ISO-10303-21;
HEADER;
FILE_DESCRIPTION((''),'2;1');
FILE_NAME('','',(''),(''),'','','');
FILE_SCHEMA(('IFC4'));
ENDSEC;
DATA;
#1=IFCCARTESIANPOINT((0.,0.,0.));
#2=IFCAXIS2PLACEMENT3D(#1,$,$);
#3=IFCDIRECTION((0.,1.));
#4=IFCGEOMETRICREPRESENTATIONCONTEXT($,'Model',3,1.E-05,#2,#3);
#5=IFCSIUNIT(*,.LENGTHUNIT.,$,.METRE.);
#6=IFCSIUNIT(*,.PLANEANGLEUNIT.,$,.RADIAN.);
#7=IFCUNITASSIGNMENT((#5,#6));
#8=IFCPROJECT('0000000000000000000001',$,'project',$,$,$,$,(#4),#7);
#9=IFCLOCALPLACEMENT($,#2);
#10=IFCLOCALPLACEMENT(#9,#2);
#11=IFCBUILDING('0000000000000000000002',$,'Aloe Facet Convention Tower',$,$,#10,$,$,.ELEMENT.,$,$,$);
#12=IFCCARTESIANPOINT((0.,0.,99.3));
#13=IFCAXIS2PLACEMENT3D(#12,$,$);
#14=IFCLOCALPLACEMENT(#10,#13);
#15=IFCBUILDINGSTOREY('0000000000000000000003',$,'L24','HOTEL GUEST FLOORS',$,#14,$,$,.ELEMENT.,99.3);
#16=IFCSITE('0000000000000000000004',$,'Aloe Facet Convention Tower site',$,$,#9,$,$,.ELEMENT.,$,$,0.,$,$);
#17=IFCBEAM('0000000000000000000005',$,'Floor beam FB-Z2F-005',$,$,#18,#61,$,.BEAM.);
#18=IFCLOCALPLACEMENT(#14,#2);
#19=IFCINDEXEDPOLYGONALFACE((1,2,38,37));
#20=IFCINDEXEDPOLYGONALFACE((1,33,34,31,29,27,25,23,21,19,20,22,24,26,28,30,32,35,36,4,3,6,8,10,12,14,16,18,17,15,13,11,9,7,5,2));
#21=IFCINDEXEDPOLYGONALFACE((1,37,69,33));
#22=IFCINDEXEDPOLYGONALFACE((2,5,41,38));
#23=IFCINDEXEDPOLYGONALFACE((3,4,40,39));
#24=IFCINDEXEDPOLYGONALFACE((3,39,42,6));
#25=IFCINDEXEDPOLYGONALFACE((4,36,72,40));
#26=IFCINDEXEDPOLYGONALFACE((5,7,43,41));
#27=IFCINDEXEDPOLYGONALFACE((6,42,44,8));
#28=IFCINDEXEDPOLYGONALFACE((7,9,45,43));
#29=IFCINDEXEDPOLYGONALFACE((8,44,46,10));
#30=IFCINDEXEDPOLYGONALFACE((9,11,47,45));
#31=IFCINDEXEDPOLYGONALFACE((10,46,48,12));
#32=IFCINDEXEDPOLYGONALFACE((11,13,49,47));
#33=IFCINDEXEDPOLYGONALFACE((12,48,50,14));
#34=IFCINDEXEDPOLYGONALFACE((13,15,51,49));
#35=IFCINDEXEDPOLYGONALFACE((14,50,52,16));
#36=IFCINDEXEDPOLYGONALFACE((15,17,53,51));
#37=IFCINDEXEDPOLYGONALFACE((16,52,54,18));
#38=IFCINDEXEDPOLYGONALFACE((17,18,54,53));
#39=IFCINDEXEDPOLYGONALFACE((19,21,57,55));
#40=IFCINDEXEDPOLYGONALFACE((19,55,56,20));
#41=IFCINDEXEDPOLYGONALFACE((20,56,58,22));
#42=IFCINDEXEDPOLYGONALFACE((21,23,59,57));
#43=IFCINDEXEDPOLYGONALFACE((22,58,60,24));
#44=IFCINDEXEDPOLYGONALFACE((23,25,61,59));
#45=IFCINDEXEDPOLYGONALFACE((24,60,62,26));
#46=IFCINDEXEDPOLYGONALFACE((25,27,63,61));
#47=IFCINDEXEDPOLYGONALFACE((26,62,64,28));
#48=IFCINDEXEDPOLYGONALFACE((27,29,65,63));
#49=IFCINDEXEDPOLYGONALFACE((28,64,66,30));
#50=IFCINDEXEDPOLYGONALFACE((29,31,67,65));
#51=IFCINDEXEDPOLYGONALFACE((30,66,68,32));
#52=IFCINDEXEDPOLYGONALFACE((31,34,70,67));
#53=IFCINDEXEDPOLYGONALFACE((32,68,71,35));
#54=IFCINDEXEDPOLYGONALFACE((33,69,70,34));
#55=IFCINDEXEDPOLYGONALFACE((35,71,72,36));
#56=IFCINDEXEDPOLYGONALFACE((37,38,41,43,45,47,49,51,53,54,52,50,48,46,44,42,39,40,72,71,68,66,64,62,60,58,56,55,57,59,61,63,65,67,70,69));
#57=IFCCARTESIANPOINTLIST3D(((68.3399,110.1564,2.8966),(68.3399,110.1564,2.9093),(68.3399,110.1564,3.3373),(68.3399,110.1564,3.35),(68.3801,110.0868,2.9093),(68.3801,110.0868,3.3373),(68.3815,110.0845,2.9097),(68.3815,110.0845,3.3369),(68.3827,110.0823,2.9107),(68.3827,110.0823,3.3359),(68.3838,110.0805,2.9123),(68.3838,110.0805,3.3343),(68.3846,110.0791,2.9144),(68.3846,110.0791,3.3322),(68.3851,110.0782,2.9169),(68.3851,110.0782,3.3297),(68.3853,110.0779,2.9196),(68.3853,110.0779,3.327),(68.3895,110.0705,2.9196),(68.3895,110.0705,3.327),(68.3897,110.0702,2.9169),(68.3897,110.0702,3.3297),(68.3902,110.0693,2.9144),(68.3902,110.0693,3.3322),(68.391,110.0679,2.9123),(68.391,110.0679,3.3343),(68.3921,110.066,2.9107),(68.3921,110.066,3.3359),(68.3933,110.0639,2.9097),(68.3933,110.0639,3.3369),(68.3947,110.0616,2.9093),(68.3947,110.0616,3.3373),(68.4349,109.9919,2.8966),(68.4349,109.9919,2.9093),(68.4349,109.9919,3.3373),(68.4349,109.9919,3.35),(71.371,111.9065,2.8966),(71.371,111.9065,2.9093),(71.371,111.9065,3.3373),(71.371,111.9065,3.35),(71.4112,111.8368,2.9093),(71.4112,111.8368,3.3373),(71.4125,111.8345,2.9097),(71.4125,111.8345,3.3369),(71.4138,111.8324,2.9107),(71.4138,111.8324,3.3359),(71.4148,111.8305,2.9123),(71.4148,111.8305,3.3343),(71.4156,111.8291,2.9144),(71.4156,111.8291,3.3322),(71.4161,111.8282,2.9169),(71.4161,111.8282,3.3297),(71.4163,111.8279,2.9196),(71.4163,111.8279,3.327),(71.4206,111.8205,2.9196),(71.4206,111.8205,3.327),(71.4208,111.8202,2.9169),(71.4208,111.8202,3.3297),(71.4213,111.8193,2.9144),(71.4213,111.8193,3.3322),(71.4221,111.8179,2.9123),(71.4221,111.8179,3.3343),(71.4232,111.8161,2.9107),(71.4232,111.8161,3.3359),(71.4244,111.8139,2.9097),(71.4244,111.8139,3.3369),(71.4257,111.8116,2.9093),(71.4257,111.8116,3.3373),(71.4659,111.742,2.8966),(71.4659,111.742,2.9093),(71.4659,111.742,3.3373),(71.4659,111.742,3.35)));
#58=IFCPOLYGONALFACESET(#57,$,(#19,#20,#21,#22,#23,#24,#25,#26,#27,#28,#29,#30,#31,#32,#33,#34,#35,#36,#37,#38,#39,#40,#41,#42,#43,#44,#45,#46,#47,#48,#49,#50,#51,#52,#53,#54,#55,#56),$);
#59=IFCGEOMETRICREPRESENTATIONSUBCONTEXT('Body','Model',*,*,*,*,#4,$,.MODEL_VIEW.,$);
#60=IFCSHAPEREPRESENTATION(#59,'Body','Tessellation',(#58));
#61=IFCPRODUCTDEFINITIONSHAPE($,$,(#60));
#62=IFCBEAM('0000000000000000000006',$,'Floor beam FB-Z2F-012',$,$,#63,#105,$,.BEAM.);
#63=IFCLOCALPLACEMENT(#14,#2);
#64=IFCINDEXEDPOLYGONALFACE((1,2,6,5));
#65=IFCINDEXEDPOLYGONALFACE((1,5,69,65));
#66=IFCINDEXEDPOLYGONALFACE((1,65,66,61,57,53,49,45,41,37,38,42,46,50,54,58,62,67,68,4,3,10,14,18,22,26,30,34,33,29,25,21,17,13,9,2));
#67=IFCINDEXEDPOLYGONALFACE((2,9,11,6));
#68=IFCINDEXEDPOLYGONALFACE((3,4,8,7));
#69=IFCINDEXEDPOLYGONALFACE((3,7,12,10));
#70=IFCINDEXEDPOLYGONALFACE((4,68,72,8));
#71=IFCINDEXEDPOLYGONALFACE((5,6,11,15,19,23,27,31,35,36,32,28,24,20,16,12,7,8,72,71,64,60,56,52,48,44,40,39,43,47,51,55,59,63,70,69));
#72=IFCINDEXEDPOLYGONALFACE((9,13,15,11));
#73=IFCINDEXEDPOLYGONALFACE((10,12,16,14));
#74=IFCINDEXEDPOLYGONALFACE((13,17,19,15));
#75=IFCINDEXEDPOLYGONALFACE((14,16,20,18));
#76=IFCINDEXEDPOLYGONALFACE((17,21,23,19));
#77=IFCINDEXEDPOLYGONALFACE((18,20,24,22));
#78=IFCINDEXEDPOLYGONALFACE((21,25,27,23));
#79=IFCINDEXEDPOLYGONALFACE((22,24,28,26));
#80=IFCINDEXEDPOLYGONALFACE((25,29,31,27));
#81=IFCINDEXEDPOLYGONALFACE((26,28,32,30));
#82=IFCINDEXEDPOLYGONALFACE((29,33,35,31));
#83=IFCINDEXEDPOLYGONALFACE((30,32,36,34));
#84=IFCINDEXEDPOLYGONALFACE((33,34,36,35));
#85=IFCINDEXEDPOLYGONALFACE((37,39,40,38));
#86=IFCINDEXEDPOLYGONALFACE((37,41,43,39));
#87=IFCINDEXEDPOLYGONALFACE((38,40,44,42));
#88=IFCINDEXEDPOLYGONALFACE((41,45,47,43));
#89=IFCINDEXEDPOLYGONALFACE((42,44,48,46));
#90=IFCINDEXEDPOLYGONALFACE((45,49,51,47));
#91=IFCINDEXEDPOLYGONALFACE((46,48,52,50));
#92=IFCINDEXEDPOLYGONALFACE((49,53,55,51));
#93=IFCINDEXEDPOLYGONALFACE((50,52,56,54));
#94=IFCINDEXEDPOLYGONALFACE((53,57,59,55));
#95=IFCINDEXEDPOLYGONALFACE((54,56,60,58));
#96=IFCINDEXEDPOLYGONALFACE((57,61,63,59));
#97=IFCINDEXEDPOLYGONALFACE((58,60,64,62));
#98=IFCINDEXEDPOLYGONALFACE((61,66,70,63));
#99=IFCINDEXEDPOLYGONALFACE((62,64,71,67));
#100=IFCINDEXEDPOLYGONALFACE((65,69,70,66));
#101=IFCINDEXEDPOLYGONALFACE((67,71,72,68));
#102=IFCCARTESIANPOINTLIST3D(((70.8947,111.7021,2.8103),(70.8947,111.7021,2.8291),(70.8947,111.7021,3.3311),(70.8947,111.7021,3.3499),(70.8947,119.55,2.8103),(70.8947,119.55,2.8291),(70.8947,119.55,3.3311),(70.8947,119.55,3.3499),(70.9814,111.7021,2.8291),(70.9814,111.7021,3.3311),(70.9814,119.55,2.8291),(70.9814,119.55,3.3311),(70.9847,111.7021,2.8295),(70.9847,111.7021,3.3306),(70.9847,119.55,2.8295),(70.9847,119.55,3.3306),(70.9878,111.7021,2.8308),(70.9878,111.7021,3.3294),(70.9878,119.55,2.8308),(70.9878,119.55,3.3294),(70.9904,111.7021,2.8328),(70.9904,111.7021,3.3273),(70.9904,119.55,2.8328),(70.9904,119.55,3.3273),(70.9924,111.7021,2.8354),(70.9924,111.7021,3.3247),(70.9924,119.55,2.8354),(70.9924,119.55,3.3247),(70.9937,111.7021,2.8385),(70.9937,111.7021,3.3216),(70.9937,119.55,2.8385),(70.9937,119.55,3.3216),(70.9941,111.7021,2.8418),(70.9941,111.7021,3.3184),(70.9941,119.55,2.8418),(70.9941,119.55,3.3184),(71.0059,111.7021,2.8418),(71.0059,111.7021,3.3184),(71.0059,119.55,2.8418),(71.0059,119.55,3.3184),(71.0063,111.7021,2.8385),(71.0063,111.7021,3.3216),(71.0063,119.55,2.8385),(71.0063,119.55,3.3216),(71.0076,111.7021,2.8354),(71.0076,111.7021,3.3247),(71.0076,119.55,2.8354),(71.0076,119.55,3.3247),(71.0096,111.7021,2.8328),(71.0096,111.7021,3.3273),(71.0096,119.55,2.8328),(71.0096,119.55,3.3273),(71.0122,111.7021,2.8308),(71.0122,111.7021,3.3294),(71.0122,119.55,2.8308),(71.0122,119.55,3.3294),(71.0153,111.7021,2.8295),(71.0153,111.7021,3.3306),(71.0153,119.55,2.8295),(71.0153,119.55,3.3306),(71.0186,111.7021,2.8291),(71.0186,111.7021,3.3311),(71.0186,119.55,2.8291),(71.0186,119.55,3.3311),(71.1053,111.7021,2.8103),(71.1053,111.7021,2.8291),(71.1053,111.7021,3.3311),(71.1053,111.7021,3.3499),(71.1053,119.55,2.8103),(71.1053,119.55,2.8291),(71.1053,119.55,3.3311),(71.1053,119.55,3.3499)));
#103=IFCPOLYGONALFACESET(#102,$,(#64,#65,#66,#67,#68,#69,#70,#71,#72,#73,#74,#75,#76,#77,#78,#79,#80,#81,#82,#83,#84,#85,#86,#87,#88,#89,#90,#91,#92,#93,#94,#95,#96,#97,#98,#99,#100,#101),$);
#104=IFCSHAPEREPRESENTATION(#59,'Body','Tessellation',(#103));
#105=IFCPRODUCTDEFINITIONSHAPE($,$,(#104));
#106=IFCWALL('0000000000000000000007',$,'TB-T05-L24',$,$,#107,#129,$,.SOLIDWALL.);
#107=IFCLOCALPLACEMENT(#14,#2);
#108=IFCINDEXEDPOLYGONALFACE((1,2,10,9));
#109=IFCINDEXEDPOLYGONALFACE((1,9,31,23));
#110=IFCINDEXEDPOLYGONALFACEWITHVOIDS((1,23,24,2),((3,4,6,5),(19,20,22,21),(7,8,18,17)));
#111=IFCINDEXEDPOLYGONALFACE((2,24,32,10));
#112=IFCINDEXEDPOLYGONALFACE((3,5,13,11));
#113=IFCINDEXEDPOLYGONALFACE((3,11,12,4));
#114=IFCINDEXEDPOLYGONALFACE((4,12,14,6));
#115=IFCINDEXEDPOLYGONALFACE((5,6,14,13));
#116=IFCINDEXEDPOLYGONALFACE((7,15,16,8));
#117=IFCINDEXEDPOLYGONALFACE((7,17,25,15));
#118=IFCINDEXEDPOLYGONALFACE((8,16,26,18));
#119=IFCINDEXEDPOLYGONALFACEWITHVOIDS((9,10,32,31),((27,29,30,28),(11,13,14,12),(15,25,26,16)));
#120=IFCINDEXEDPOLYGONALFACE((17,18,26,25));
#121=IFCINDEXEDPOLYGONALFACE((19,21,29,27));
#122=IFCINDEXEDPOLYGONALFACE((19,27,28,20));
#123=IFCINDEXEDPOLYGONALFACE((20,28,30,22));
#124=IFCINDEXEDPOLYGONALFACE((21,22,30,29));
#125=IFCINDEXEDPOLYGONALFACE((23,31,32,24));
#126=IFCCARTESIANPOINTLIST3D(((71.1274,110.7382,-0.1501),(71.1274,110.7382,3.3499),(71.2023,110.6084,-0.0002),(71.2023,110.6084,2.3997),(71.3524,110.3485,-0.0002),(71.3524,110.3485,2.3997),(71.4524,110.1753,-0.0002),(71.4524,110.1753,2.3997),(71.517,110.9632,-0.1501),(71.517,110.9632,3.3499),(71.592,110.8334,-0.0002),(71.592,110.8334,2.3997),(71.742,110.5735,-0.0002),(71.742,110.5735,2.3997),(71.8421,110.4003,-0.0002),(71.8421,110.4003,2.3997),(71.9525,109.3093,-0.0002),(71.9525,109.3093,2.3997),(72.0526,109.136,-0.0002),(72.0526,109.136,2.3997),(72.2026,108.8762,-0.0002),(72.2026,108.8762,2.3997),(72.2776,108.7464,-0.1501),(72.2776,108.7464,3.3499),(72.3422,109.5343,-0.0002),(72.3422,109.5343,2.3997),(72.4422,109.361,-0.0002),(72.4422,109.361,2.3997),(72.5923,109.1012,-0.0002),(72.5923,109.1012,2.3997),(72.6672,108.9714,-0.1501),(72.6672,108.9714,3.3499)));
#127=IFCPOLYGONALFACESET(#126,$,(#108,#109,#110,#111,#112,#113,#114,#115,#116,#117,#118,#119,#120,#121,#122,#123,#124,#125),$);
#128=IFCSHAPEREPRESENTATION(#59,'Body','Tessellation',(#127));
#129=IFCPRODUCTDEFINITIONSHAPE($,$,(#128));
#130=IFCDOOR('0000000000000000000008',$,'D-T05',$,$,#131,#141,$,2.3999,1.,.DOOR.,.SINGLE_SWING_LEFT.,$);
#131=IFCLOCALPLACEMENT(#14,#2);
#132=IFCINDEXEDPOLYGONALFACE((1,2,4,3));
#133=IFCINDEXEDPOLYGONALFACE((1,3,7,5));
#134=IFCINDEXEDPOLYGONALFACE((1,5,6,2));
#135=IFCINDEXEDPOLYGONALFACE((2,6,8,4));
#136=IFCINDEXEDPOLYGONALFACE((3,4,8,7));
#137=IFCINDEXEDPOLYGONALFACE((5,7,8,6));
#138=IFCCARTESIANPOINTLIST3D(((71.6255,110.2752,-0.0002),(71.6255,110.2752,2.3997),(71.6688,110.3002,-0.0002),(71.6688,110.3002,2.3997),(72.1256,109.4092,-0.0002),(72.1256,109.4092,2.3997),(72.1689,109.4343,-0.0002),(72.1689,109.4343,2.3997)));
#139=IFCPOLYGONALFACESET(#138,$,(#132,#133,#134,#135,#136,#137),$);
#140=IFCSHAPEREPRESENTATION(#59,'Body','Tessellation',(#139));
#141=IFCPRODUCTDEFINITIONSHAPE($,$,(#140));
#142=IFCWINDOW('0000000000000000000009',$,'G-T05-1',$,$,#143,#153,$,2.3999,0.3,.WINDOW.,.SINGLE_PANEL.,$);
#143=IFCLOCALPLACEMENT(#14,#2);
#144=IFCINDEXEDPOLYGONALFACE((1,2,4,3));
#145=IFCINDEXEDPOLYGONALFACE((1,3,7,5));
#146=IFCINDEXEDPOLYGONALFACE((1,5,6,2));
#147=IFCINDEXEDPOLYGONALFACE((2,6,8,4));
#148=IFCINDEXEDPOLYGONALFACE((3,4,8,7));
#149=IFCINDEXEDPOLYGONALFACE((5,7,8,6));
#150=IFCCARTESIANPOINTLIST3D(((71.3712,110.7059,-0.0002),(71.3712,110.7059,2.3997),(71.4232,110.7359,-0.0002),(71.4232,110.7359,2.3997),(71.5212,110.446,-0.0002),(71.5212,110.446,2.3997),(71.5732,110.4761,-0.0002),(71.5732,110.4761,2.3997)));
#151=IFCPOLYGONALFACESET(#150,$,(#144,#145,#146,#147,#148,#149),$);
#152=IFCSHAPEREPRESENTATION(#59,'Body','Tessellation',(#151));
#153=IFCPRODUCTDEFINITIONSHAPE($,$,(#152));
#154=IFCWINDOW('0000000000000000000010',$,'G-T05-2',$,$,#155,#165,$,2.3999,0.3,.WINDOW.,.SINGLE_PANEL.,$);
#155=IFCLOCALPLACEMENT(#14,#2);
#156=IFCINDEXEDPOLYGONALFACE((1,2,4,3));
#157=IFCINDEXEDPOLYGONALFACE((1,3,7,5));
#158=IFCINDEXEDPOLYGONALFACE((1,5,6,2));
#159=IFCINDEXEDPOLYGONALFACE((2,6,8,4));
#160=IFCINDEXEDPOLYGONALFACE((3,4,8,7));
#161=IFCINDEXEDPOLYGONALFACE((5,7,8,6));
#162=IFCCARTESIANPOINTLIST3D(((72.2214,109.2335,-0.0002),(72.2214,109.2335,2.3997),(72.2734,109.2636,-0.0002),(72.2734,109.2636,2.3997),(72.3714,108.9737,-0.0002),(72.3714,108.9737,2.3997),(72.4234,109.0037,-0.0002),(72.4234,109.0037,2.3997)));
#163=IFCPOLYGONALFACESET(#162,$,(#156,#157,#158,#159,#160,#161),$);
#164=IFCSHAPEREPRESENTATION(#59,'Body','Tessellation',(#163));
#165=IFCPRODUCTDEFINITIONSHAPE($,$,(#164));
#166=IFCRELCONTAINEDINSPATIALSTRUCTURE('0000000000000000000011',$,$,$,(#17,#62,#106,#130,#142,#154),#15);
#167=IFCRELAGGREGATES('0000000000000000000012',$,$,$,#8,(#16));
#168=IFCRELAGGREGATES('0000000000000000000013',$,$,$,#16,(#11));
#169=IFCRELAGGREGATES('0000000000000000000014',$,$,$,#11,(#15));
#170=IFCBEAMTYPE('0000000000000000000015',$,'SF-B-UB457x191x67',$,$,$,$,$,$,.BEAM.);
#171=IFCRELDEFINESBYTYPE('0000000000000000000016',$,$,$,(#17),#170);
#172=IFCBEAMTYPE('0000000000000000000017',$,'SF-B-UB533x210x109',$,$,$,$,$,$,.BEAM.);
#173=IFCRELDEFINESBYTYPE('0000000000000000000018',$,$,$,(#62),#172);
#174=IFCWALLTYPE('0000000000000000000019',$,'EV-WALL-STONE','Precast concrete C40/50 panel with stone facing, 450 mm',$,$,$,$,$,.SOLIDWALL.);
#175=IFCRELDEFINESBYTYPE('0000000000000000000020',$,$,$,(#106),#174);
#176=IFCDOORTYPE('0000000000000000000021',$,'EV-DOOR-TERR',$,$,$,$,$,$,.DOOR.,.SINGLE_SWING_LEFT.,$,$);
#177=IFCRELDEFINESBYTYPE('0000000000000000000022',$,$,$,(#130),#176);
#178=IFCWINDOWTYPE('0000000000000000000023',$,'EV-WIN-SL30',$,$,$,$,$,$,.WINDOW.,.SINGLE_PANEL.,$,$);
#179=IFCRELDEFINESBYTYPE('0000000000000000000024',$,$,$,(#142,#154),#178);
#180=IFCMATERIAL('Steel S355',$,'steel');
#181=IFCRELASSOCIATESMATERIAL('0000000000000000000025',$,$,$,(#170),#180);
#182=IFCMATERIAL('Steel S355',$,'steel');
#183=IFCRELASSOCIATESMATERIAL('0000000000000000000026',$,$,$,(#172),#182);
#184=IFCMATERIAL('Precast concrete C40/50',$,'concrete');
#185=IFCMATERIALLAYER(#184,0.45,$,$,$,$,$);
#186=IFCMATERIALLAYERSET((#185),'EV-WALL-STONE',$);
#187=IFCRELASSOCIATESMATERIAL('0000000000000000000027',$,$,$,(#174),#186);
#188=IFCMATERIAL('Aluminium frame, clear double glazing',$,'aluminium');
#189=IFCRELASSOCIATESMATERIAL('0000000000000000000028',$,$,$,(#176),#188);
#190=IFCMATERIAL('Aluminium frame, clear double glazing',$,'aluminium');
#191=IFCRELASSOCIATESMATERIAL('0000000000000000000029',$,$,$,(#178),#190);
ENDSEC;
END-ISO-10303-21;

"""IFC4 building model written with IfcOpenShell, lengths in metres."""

from ifc_helpers import new_model, si_unit, direction, frame, frame_2d, origin, origin_2d, place, context, subcontext, project, spatial, rectangle, i_section, extrude, material, layer, layer_set, material_profile, profile_set, type_object, element, fill, save


model = new_model("IFC4")

# Units and contexts
model_context = context("Model", 3, precision=1e-05, world=origin(), true_north=direction((0.0, 1.0)))
body_context = subcontext(model_context, "Body", "Model", "MODEL_VIEW")
ifc_project = project(units=[si_unit("LENGTHUNIT", "METRE"), si_unit("PLANEANGLEUNIT", "RADIAN")], contexts=[model_context])

# Site, building, storey
site_placement = place(None, origin())
site = spatial("IfcSite", under=ifc_project, at=site_placement, Name="Aloe Facet Convention Tower site", CompositionType="ELEMENT", RefElevation=0.0)
building_placement = place(site_placement, origin())
building = spatial("IfcBuilding", under=site, at=building_placement, Name="Aloe Facet Convention Tower", CompositionType="ELEMENT")
storey_placement = place(building_placement, frame((0.0, 0.0, 99.3)))
storey = spatial("IfcBuildingStorey", under=building, at=storey_placement, Name="L24", Description="HOTEL GUEST FLOORS", CompositionType="ELEMENT", Elevation=99.3)

# Beams
ifc_material_1 = material(Name="Steel S355", Category="steel")
ifc_material_profile_1 = material_profile(ifc_material_1, i_section(OverallWidth=0.1899, OverallDepth=0.4534, WebThickness=0.0085, FlangeThickness=0.0127, FilletRadius=0.0103, at=origin_2d()), Name="UB 457x191x67")
ifc_profile_set_1 = profile_set([ifc_material_profile_1], Name="Steel S355")
beam_type_1 = type_object("IfcBeamType", Name="SF-B-UB457x191x67", PredefinedType="BEAM", material=ifc_profile_set_1)
beam_1_placement = place(storey_placement, frame((71.4185, 111.8242, 3.1233), z_axis=(-0.866019, -0.50001, 0.0), x_axis=(0.50001, -0.866019, 0.0)))
element("IfcBeam", 1, at=beam_1_placement, inside=storey, type_object=beam_type_1, Name="Floor beam FB-Z2F-005", PredefinedType="BEAM", context=body_context, shape_type="SweptSolid", body=[
    extrude(i_section(OverallWidth=0.1899, OverallDepth=0.4534, WebThickness=0.0085, FlangeThickness=0.0127, FilletRadius=0.0103, at=origin_2d()), origin(), (0.0, 0.0, 1.0), 3.5),
])
ifc_material_2 = material(Name="Steel S355", Category="steel")
ifc_material_profile_2 = material_profile(ifc_material_2, i_section(OverallWidth=0.2107, OverallDepth=0.5396, WebThickness=0.0117, FlangeThickness=0.0188, FilletRadius=0.0127, at=origin_2d()), Name="UB 533x210x109")
ifc_profile_set_2 = profile_set([ifc_material_profile_2], Name="Steel S355")
beam_type_2 = type_object("IfcBeamType", Name="SF-B-UB533x210x109", PredefinedType="BEAM", material=ifc_profile_set_2)
beam_2_placement = place(storey_placement, frame((71.0, 119.55, 3.0801), z_axis=(0.0, -1.0, 0.0), x_axis=(1.0, 0.0, 0.0)))
element("IfcBeam", 2, at=beam_2_placement, inside=storey, type_object=beam_type_2, Name="Floor beam FB-Z2F-012", PredefinedType="BEAM", context=body_context, shape_type="SweptSolid", body=[
    extrude(i_section(OverallWidth=0.2107, OverallDepth=0.5396, WebThickness=0.0117, FlangeThickness=0.0188, FilletRadius=0.0127, at=origin_2d()), origin(), (0.0, 0.0, 1.0), 7.8479),
])

# Wall, openings, door, windows
ifc_material_3 = material(Name="Precast concrete C40/50", Category="concrete")
ifc_layer_1 = layer(ifc_material_3, 0.45)
ifc_layer_set_1 = layer_set([ifc_layer_1], Name="EV-WALL-STONE")
wall_type_1 = type_object("IfcWallType", Name="EV-WALL-STONE", Description="Precast concrete C40/50 panel with stone facing, 450 mm", PredefinedType="SOLIDWALL", material=ifc_layer_set_1)
wall_1_placement = place(storey_placement, frame((71.3223, 110.8506, -0.1501), z_axis=(0.0, 0.0, 1.0), x_axis=(0.500078, -0.865981, 0.0)))
wall_1 = element("IfcWall", 3, at=wall_1_placement, inside=storey, type_object=wall_type_1, Name="TB-T05-L24", PredefinedType="SOLIDWALL", context=body_context, shape_type="SweptSolid", body=[
    extrude(rectangle(XDim=2.3, YDim=0.45, at=frame_2d((1.1499, 0.0))), origin(), (0.0, 0.0, 1.0), 3.5),
])
opening_1_placement = place(wall_1_placement, frame((0.6499, 0.0, 0.1499)))
opening_1 = element("IfcOpeningElement", 4, at=opening_1_placement, cuts=wall_1, PredefinedType="OPENING", context=body_context, shape_type="SweptSolid", body=[
    extrude(rectangle(XDim=1.0, YDim=2.3999, at=frame_2d((0.5, 1.2))), frame((0.0, 0.2349, 0.0), z_axis=(0.0, -1.0, 0.0), x_axis=(1.0, 0.0, 0.0)), (0.0, 0.0, 1.0), 0.47),
])
opening_2_placement = place(wall_1_placement, frame((0.1499, 0.0, 0.1499)))
opening_2 = element("IfcOpeningElement", 5, at=opening_2_placement, cuts=wall_1, PredefinedType="OPENING", context=body_context, shape_type="SweptSolid", body=[
    extrude(rectangle(XDim=0.3, YDim=2.3999, at=frame_2d((0.1499, 1.2))), frame((0.0, 0.2349, 0.0), z_axis=(0.0, -1.0, 0.0), x_axis=(1.0, 0.0, 0.0)), (0.0, 0.0, 1.0), 0.47),
])
opening_3_placement = place(wall_1_placement, frame((1.8501, 0.0, 0.1499)))
opening_3 = element("IfcOpeningElement", 6, at=opening_3_placement, cuts=wall_1, PredefinedType="OPENING", context=body_context, shape_type="SweptSolid", body=[
    extrude(rectangle(XDim=0.3, YDim=2.3999, at=frame_2d((0.1499, 1.2))), frame((0.0, 0.2349, 0.0), z_axis=(0.0, -1.0, 0.0), x_axis=(1.0, 0.0, 0.0)), (0.0, 0.0, 1.0), 0.47),
])
ifc_material_4 = material(Name="Aluminium frame, clear double glazing", Category="aluminium")
door_type_1 = type_object("IfcDoorType", Name="EV-DOOR-TERR", OperationType="SINGLE_SWING_LEFT", PredefinedType="DOOR", material=ifc_material_4)
door_1_placement = place(opening_1_placement, origin())
door_1 = element("IfcDoor", 7, at=door_1_placement, inside=storey, type_object=door_type_1, Name="D-T05", OperationType="SINGLE_SWING_LEFT", OverallHeight=2.3999, OverallWidth=1.0, PredefinedType="DOOR", context=body_context, shape_type="SweptSolid", body=[
    extrude(rectangle(XDim=1.0, YDim=2.3999, at=frame_2d((0.5, 1.2))), frame((0.0, 0.0249, 0.0), z_axis=(0.0, -1.0, 0.0), x_axis=(1.0, 0.0, 0.0)), (0.0, 0.0, 1.0), 0.05),
])
fill(opening_1, door_1)
ifc_material_5 = material(Name="Aluminium frame, clear double glazing", Category="aluminium")
window_type = type_object("IfcWindowType", Name="EV-WIN-SL30", PartitioningType="SINGLE_PANEL", PredefinedType="WINDOW", material=ifc_material_5)
window_1_placement = place(opening_2_placement, origin())
window_1 = element("IfcWindow", 8, at=window_1_placement, inside=storey, type_object=window_type, Name="G-T05-1", OverallHeight=2.3999, OverallWidth=0.3, PartitioningType="SINGLE_PANEL", PredefinedType="WINDOW", context=body_context, shape_type="SweptSolid", body=[
    extrude(rectangle(XDim=0.3, YDim=2.3999, at=frame_2d((0.1499, 1.2))), frame((0.0, 0.03, 0.0), z_axis=(0.0, -1.0, 0.0), x_axis=(1.0, 0.0, 0.0)), (0.0, 0.0, 1.0), 0.0601),
])
fill(opening_2, window_1)
window_2_placement = place(opening_3_placement, origin())
window_2 = element("IfcWindow", 9, at=window_2_placement, inside=storey, type_object=window_type, Name="G-T05-2", OverallHeight=2.3999, OverallWidth=0.3, PartitioningType="SINGLE_PANEL", PredefinedType="WINDOW", context=body_context, shape_type="SweptSolid", body=[
    extrude(rectangle(XDim=0.3, YDim=2.3999, at=frame_2d((0.1499, 1.2))), frame((0.0, 0.03, 0.0), z_axis=(0.0, -1.0, 0.0), x_axis=(1.0, 0.0, 0.0)), (0.0, 0.0, 1.0), 0.0601),
])
fill(opening_3, window_2)

save(model, "model.ifc")
